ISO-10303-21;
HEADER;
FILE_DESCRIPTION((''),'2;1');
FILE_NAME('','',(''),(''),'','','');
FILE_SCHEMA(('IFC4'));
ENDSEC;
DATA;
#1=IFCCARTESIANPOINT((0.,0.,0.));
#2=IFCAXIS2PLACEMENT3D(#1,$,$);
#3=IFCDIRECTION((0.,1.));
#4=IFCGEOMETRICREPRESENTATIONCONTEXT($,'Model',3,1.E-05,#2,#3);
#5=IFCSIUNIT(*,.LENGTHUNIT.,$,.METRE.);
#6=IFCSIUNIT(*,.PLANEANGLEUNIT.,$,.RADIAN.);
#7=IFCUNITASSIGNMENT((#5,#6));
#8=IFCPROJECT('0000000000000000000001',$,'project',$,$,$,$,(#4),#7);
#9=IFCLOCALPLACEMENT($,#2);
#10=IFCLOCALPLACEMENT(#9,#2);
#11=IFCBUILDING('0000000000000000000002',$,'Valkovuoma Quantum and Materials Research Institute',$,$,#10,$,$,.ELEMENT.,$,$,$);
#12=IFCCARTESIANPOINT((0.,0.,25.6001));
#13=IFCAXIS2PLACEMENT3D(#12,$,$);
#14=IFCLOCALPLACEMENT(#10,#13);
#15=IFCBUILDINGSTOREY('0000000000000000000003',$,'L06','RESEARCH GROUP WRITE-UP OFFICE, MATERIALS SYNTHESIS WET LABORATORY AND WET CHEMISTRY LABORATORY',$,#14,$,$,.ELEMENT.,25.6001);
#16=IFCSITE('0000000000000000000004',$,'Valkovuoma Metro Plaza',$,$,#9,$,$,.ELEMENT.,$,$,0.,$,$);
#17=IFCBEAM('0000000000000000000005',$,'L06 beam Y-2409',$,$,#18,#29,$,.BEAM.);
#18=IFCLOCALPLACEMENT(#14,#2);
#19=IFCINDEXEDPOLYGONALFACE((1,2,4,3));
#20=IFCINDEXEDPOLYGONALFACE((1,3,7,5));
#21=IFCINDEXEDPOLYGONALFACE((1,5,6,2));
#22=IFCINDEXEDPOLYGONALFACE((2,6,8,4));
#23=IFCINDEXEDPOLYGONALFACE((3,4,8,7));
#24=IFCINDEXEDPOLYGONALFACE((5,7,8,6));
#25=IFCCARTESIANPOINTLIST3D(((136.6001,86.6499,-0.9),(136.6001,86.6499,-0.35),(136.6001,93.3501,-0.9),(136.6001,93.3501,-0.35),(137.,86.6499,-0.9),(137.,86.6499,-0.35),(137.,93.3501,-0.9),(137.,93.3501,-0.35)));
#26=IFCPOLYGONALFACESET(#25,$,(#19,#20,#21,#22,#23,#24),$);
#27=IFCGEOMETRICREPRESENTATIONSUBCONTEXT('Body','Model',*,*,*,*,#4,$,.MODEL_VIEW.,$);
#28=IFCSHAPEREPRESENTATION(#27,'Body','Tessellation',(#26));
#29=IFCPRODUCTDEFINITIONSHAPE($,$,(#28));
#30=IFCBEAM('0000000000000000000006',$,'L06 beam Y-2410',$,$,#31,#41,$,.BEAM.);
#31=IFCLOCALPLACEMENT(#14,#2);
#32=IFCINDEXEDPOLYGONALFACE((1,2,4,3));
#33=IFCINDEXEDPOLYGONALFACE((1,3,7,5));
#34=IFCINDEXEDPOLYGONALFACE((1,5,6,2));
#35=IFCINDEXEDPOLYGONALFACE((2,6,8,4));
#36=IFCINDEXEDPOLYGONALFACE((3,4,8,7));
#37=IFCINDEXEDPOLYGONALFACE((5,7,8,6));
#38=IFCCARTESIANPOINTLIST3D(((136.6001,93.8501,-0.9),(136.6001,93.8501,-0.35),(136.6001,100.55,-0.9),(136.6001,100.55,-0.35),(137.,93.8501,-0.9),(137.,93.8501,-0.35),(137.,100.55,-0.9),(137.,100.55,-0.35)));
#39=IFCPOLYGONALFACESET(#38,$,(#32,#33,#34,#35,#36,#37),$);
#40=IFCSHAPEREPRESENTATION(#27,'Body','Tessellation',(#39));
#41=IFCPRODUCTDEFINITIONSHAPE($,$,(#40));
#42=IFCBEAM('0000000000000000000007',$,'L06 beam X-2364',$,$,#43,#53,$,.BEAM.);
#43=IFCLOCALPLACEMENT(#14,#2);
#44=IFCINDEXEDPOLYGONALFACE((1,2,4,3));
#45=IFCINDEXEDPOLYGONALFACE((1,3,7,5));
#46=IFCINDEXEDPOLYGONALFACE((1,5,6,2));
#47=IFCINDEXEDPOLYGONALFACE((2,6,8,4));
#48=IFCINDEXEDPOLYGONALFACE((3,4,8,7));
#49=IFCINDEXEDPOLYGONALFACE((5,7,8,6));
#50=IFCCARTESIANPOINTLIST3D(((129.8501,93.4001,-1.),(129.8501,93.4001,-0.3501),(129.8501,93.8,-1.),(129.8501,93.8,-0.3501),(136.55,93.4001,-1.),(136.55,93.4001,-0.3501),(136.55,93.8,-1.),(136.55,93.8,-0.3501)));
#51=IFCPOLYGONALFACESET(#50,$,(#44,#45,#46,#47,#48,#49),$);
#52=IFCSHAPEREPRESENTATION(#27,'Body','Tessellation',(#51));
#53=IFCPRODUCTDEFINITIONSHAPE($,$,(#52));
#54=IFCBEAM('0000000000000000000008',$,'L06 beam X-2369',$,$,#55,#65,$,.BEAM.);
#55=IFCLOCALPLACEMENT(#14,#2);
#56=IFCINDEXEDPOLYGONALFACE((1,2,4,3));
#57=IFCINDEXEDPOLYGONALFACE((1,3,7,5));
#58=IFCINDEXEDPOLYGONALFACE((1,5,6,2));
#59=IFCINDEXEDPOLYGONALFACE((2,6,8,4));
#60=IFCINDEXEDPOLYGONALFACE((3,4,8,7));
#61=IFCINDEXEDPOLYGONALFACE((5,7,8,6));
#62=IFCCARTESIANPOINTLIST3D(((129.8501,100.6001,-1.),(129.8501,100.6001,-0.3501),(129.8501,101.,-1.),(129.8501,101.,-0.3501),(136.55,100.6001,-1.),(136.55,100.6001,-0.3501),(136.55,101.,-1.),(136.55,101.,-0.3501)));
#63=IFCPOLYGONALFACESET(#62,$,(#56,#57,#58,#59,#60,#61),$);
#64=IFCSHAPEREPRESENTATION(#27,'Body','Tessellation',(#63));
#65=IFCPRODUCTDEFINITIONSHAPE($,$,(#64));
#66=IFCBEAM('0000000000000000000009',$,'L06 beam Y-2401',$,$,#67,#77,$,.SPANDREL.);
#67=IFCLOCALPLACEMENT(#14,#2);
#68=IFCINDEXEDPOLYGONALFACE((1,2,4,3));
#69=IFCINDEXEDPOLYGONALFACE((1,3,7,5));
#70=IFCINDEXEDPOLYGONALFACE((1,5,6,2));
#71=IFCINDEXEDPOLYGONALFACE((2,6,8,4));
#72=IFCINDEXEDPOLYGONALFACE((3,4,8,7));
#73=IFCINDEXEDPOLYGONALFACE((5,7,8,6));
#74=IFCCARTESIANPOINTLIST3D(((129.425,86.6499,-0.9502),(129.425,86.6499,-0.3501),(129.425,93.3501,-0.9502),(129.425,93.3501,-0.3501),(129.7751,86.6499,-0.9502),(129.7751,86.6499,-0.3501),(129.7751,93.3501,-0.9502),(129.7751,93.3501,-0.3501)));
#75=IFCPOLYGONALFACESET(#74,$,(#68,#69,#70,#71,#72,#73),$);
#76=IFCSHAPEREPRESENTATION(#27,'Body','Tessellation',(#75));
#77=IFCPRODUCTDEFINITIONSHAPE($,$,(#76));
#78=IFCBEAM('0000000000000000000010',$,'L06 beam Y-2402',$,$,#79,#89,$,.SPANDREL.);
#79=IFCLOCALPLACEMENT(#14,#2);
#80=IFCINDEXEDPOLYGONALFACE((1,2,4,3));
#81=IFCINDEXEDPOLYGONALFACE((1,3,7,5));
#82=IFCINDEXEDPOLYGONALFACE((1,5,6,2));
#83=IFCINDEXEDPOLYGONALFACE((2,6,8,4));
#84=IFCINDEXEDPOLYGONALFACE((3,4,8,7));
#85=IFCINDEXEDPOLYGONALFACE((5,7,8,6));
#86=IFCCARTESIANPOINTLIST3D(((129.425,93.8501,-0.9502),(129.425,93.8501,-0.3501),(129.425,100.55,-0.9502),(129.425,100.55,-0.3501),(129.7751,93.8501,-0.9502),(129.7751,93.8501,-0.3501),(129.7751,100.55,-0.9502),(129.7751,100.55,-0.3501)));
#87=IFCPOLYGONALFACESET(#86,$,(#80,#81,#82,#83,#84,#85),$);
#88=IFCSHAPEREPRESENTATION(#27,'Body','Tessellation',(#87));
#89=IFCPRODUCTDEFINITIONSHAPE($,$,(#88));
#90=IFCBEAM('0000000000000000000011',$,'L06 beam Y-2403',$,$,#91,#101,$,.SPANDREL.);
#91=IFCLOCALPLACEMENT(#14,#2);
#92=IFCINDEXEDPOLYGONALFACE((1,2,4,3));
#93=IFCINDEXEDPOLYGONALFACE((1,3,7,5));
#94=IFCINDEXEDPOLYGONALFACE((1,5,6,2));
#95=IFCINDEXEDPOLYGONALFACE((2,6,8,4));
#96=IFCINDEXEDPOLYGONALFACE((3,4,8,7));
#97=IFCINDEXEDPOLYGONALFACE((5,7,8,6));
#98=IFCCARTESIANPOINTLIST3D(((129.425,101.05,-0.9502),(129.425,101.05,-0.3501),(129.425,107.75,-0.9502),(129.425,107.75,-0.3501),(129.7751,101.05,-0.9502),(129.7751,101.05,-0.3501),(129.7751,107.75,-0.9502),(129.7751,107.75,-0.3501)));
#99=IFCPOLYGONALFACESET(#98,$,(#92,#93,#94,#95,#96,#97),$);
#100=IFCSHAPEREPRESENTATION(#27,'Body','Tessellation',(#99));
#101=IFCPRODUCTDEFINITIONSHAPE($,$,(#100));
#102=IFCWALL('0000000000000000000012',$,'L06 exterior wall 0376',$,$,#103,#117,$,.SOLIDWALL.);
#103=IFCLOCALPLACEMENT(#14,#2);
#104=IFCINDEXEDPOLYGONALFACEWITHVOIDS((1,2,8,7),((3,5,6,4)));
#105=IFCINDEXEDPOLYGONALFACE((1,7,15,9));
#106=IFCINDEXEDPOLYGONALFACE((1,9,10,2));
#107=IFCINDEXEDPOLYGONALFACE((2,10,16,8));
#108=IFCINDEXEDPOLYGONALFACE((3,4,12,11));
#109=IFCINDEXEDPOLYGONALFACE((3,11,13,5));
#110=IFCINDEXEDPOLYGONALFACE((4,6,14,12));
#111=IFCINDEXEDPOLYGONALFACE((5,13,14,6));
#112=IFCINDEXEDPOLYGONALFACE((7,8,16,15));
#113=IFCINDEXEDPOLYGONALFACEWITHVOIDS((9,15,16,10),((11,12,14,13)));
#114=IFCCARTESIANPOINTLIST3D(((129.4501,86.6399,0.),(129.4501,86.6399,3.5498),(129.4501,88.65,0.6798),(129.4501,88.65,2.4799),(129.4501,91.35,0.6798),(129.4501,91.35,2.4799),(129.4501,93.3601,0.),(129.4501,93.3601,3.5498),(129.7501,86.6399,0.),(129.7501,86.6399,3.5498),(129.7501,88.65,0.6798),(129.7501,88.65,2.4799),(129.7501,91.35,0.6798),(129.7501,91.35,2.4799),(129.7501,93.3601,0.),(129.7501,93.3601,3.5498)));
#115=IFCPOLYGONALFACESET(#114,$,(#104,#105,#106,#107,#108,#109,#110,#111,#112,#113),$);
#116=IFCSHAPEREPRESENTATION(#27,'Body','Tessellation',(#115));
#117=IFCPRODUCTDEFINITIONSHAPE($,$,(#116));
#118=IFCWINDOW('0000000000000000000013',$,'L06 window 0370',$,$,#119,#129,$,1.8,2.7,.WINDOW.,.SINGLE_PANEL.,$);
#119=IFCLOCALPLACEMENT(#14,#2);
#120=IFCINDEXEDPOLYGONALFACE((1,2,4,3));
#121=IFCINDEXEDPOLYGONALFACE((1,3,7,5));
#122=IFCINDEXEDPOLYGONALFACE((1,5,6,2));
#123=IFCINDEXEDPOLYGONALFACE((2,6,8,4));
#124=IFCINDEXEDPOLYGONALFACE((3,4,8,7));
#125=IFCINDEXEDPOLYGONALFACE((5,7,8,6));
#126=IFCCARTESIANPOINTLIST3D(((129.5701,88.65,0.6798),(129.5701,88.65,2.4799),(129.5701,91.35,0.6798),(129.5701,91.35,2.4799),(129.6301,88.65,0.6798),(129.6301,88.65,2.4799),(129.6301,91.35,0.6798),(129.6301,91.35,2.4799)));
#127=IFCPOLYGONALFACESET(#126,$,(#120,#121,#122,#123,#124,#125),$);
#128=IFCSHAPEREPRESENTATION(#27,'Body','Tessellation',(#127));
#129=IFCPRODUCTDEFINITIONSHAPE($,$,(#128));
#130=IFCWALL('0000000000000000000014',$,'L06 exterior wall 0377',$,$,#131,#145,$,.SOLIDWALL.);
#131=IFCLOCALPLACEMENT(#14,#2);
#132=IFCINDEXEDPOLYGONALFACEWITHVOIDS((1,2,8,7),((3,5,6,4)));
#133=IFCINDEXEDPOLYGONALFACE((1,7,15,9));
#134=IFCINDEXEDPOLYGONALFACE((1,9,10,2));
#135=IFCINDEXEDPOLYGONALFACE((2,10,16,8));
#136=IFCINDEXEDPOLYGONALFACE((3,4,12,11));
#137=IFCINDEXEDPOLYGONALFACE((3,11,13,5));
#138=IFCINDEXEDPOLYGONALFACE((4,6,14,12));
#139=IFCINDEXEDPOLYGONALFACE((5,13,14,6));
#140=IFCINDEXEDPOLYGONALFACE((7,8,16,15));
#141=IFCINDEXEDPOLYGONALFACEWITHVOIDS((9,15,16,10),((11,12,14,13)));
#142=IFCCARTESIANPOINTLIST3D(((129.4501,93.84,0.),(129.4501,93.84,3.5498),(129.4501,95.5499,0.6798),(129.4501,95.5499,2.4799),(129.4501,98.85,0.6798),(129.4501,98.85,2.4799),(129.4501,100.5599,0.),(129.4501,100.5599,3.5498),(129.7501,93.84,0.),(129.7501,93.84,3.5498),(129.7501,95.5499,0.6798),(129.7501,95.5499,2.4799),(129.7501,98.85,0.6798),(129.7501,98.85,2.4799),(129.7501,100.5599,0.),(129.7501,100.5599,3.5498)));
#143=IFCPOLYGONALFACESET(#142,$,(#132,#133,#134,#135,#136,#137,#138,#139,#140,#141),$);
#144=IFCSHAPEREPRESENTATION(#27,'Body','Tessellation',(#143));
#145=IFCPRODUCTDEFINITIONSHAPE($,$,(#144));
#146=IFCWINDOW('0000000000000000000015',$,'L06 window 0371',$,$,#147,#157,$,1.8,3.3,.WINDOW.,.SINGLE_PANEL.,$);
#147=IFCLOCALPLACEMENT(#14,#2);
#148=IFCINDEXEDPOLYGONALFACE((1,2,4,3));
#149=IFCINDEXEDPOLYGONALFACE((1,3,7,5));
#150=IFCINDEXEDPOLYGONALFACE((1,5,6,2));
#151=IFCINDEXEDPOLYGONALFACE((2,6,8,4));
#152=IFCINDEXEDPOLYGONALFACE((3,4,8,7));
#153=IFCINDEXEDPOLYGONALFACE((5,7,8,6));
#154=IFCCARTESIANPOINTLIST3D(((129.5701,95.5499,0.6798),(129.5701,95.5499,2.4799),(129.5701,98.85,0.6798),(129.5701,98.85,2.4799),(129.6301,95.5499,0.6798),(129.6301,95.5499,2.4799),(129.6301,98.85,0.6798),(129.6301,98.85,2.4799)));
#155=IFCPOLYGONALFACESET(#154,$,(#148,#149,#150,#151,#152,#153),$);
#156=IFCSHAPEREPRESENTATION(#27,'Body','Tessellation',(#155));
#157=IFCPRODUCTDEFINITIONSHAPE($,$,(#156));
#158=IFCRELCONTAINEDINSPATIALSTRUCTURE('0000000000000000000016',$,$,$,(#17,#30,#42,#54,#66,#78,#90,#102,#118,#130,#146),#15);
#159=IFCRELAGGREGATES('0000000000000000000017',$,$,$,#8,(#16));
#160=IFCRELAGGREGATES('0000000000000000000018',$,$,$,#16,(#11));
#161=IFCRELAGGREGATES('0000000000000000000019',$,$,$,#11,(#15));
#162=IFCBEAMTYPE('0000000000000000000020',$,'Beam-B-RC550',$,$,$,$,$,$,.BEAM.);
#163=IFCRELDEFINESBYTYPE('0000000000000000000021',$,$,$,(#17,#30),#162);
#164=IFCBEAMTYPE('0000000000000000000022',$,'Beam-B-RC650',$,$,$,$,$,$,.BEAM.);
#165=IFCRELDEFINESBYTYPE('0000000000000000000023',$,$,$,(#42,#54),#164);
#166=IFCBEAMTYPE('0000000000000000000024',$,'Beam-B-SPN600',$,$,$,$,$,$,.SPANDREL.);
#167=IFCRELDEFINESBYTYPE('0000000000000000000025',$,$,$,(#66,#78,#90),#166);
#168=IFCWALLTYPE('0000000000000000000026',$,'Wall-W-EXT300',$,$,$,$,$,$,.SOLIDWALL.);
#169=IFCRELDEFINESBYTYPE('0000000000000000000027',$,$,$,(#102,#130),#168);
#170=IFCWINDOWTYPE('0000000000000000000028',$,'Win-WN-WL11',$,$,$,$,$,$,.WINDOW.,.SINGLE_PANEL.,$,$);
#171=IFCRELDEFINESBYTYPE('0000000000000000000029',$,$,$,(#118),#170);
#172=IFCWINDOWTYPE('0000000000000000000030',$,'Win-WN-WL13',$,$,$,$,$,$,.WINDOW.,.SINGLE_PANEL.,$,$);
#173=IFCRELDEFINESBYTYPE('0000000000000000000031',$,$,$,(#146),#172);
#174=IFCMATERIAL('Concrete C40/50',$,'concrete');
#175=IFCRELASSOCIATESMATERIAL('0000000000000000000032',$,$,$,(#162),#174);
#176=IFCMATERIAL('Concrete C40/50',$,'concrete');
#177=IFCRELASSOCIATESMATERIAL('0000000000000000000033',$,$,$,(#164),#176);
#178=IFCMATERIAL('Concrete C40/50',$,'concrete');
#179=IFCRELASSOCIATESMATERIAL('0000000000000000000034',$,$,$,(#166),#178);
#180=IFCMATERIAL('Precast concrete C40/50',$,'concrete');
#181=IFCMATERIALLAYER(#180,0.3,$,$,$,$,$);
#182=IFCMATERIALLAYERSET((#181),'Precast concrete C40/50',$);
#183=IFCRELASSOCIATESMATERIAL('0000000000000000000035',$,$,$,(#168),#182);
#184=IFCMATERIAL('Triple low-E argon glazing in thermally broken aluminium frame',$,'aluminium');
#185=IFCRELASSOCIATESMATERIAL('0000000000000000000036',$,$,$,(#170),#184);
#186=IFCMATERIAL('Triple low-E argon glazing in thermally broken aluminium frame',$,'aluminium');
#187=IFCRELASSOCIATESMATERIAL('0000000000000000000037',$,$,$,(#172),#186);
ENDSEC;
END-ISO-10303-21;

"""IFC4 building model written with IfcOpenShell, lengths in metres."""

from ifc_helpers import new_model, si_unit, direction, frame, frame_2d, origin, origin_2d, place, context, subcontext, project, spatial, rectangle, extrude, material, layer, layer_set, material_profile, profile_set, type_object, element, fill, save


model = new_model("IFC4")

# Units and contexts
model_context = context("Model", 3, precision=1e-05, world=origin(), true_north=direction((0.0, 1.0)))
body_context = subcontext(model_context, "Body", "Model", "MODEL_VIEW")
ifc_project = project(units=[si_unit("LENGTHUNIT", "METRE"), si_unit("PLANEANGLEUNIT", "RADIAN")], contexts=[model_context])

# Site, building, storey
site_placement = place(None, origin())
site = spatial("IfcSite", under=ifc_project, at=site_placement, Name="Valkovuoma Metro Plaza", CompositionType="ELEMENT", RefElevation=0.0)
building_placement = place(site_placement, origin())
building = spatial("IfcBuilding", under=site, at=building_placement, Name="Valkovuoma Quantum and Materials Research Institute", CompositionType="ELEMENT")
storey_placement = place(building_placement, frame((0.0, 0.0, 25.6001)))
storey = spatial("IfcBuildingStorey", under=building, at=storey_placement, Name="L06", Description="RESEARCH GROUP WRITE-UP OFFICE, MATERIALS SYNTHESIS WET LABORATORY AND WET CHEMISTRY LABORATORY", CompositionType="ELEMENT", Elevation=25.6001)

# Beams
ifc_material_1 = material(Name="Concrete C40/50", Category="concrete")
ifc_material_profile_1 = material_profile(ifc_material_1, rectangle(XDim=0.3999, YDim=0.55, at=origin_2d()), Name="Concrete C40/50")
ifc_profile_set_1 = profile_set([ifc_material_profile_1], Name="Concrete C40/50")
beam_type_1 = type_object("IfcBeamType", Name="Beam-B-RC550", PredefinedType="BEAM", material=ifc_profile_set_1)
beam_1_placement = place(storey_placement, frame((136.8, 86.6499, -0.625), z_axis=(0.0, 1.0, 0.0), x_axis=(-1.0, 0.0, 0.0)))
element("IfcBeam", 1, at=beam_1_placement, inside=storey, type_object=beam_type_1, Name="L06 beam Y-2409", PredefinedType="BEAM", context=body_context, shape_type="SweptSolid", body=[
    extrude(rectangle(XDim=0.3999, YDim=0.55, at=origin_2d()), origin(), (0.0, 0.0, 1.0), 6.7002),
])
beam_2_placement = place(storey_placement, frame((136.8, 93.8501, -0.625), z_axis=(0.0, 1.0, 0.0), x_axis=(-1.0, 0.0, 0.0)))
element("IfcBeam", 2, at=beam_2_placement, inside=storey, type_object=beam_type_1, Name="L06 beam Y-2410", PredefinedType="BEAM", context=body_context, shape_type="SweptSolid", body=[
    extrude(rectangle(XDim=0.3999, YDim=0.55, at=origin_2d()), origin(), (0.0, 0.0, 1.0), 6.7),
])
ifc_material_2 = material(Name="Concrete C40/50", Category="concrete")
ifc_material_profile_2 = material_profile(ifc_material_2, rectangle(XDim=0.3999, YDim=0.6499, at=origin_2d()), Name="Concrete C40/50")
ifc_profile_set_2 = profile_set([ifc_material_profile_2], Name="Concrete C40/50")
beam_type_2 = type_object("IfcBeamType", Name="Beam-B-RC650", PredefinedType="BEAM", material=ifc_profile_set_2)
for number, where, z_axis, x_axis, name in (
    (3, (129.8501, 93.6001, -0.675), (1.0, 0.0, 0.0), (0.0, 1.0, 0.0), "L06 beam X-2364"),
    (4, (129.8501, 100.8, -0.675), (1.0, 0.0, 0.0), (0.0, 1.0, 0.0), "L06 beam X-2369"),
):
    element("IfcBeam", number, at=place(storey_placement, frame(where, z_axis=z_axis, x_axis=x_axis)), inside=storey, type_object=beam_type_2, Name=name, PredefinedType="BEAM", context=body_context, shape_type="SweptSolid", body=[
        extrude(rectangle(XDim=0.3999, YDim=0.6499, at=origin_2d()), origin(), (0.0, 0.0, 1.0), 6.7),
    ])
ifc_material_3 = material(Name="Concrete C40/50", Category="concrete")
ifc_material_profile_3 = material_profile(ifc_material_3, rectangle(XDim=0.3501, YDim=0.6001, at=origin_2d()), Name="Concrete C40/50")
ifc_profile_set_3 = profile_set([ifc_material_profile_3], Name="Concrete C40/50")
beam_type_3 = type_object("IfcBeamType", Name="Beam-B-SPN600", PredefinedType="SPANDREL", material=ifc_profile_set_3)
beam_3_placement = place(storey_placement, frame((129.6001, 86.6499, -0.6501), z_axis=(0.0, 1.0, 0.0), x_axis=(-1.0, 0.0, 0.0)))
element("IfcBeam", 5, at=beam_3_placement, inside=storey, type_object=beam_type_3, Name="L06 beam Y-2401", PredefinedType="SPANDREL", context=body_context, shape_type="SweptSolid", body=[
    extrude(rectangle(XDim=0.3501, YDim=0.6001, at=origin_2d()), origin(), (0.0, 0.0, 1.0), 6.7002),
])
for number, where, z_axis, x_axis, name in (
    (6, (129.6001, 93.8501, -0.6501), (0.0, 1.0, 0.0), (-1.0, 0.0, 0.0), "L06 beam Y-2402"),
    (7, (129.6001, 101.05, -0.6501), (0.0, 1.0, 0.0), (-1.0, 0.0, 0.0), "L06 beam Y-2403"),
):
    element("IfcBeam", number, at=place(storey_placement, frame(where, z_axis=z_axis, x_axis=x_axis)), inside=storey, type_object=beam_type_3, Name=name, PredefinedType="SPANDREL", context=body_context, shape_type="SweptSolid", body=[
        extrude(rectangle(XDim=0.3501, YDim=0.6001, at=origin_2d()), origin(), (0.0, 0.0, 1.0), 6.7),
    ])

# Walls, openings, windows
ifc_material_4 = material(Name="Precast concrete C40/50", Category="concrete")
ifc_layer = layer(ifc_material_4, 0.3)
ifc_layer_set = layer_set([ifc_layer], Name="Precast concrete C40/50")
wall_type = type_object("IfcWallType", Name="Wall-W-EXT300", PredefinedType="SOLIDWALL", material=ifc_layer_set)
wall_1_placement = place(storey_placement, frame((129.6001, 86.6399, 0.0), z_axis=(0.0, 0.0, 1.0), x_axis=(0.0, 1.0, 0.0)))
wall_1 = element("IfcWall", 8, at=wall_1_placement, inside=storey, type_object=wall_type, Name="L06 exterior wall 0376", PredefinedType="SOLIDWALL", context=body_context, shape_type="SweptSolid", body=[
    extrude(rectangle(XDim=6.7202, YDim=0.3, at=frame_2d((3.3601, 0.0))), origin(), (0.0, 0.0, 1.0), 3.5498),
])
opening_1_placement = place(wall_1_placement, frame((2.01, 0.0, 0.6799)))
opening_1 = element("IfcOpeningElement", 9, at=opening_1_placement, cuts=wall_1, PredefinedType="OPENING", context=body_context, shape_type="SweptSolid", body=[
    extrude(rectangle(XDim=2.7, YDim=1.8, at=frame_2d((1.3501, 0.8999))), frame((0.0, 0.1602, 0.0), z_axis=(0.0, -1.0, 0.0), x_axis=(1.0, 0.0, 0.0)), (0.0, 0.0, 1.0), 0.3201),
])
ifc_material_5 = material(Name="Triple low-E argon glazing in thermally broken aluminium frame", Category="aluminium")
window_type_1 = type_object("IfcWindowType", Name="Win-WN-WL11", PartitioningType="SINGLE_PANEL", PredefinedType="WINDOW", material=ifc_material_5)
window_1_placement = place(opening_1_placement, origin())
window_1 = element("IfcWindow", 10, at=window_1_placement, inside=storey, type_object=window_type_1, Name="L06 window 0370", OverallHeight=1.8, OverallWidth=2.7, PartitioningType="SINGLE_PANEL", PredefinedType="WINDOW", context=body_context, shape_type="SweptSolid", body=[
    extrude(rectangle(XDim=2.7, YDim=1.8, at=frame_2d((1.3501, 0.8999))), frame((0.0, 0.03, 0.0), z_axis=(0.0, -1.0, 0.0), x_axis=(1.0, 0.0, 0.0)), (0.0, 0.0, 1.0), 0.0601),
])
fill(opening_1, window_1)
wall_2_placement = place(storey_placement, frame((129.6001, 93.8401, 0.0), z_axis=(0.0, 0.0, 1.0), x_axis=(0.0, 1.0, 0.0)))
wall_2 = element("IfcWall", 11, at=wall_2_placement, inside=storey, type_object=wall_type, Name="L06 exterior wall 0377", PredefinedType="SOLIDWALL", context=body_context, shape_type="SweptSolid", body=[
    extrude(rectangle(XDim=6.72, YDim=0.3, at=frame_2d((3.3599, 0.0))), origin(), (0.0, 0.0, 1.0), 3.5498),
])
opening_2_placement = place(wall_2_placement, frame((1.71, 0.0, 0.6799)))
opening_2 = element("IfcOpeningElement", 12, at=opening_2_placement, cuts=wall_2, PredefinedType="OPENING", context=body_context, shape_type="SweptSolid", body=[
    extrude(rectangle(XDim=3.3, YDim=1.8, at=frame_2d((1.6499, 0.8999))), frame((0.0, 0.1602, 0.0), z_axis=(0.0, -1.0, 0.0), x_axis=(1.0, 0.0, 0.0)), (0.0, 0.0, 1.0), 0.3201),
])
ifc_material_6 = material(Name="Triple low-E argon glazing in thermally broken aluminium frame", Category="aluminium")
window_type_2 = type_object("IfcWindowType", Name="Win-WN-WL13", PartitioningType="SINGLE_PANEL", PredefinedType="WINDOW", material=ifc_material_6)
window_2_placement = place(opening_2_placement, origin())
window_2 = element("IfcWindow", 13, at=window_2_placement, inside=storey, type_object=window_type_2, Name="L06 window 0371", OverallHeight=1.8, OverallWidth=3.3, PartitioningType="SINGLE_PANEL", PredefinedType="WINDOW", context=body_context, shape_type="SweptSolid", body=[
    extrude(rectangle(XDim=3.3, YDim=1.8, at=frame_2d((1.6499, 0.8999))), frame((0.0, 0.03, 0.0), z_axis=(0.0, -1.0, 0.0), x_axis=(1.0, 0.0, 0.0)), (0.0, 0.0, 1.0), 0.0601),
])
fill(opening_2, window_2)

save(model, "model.ifc")
